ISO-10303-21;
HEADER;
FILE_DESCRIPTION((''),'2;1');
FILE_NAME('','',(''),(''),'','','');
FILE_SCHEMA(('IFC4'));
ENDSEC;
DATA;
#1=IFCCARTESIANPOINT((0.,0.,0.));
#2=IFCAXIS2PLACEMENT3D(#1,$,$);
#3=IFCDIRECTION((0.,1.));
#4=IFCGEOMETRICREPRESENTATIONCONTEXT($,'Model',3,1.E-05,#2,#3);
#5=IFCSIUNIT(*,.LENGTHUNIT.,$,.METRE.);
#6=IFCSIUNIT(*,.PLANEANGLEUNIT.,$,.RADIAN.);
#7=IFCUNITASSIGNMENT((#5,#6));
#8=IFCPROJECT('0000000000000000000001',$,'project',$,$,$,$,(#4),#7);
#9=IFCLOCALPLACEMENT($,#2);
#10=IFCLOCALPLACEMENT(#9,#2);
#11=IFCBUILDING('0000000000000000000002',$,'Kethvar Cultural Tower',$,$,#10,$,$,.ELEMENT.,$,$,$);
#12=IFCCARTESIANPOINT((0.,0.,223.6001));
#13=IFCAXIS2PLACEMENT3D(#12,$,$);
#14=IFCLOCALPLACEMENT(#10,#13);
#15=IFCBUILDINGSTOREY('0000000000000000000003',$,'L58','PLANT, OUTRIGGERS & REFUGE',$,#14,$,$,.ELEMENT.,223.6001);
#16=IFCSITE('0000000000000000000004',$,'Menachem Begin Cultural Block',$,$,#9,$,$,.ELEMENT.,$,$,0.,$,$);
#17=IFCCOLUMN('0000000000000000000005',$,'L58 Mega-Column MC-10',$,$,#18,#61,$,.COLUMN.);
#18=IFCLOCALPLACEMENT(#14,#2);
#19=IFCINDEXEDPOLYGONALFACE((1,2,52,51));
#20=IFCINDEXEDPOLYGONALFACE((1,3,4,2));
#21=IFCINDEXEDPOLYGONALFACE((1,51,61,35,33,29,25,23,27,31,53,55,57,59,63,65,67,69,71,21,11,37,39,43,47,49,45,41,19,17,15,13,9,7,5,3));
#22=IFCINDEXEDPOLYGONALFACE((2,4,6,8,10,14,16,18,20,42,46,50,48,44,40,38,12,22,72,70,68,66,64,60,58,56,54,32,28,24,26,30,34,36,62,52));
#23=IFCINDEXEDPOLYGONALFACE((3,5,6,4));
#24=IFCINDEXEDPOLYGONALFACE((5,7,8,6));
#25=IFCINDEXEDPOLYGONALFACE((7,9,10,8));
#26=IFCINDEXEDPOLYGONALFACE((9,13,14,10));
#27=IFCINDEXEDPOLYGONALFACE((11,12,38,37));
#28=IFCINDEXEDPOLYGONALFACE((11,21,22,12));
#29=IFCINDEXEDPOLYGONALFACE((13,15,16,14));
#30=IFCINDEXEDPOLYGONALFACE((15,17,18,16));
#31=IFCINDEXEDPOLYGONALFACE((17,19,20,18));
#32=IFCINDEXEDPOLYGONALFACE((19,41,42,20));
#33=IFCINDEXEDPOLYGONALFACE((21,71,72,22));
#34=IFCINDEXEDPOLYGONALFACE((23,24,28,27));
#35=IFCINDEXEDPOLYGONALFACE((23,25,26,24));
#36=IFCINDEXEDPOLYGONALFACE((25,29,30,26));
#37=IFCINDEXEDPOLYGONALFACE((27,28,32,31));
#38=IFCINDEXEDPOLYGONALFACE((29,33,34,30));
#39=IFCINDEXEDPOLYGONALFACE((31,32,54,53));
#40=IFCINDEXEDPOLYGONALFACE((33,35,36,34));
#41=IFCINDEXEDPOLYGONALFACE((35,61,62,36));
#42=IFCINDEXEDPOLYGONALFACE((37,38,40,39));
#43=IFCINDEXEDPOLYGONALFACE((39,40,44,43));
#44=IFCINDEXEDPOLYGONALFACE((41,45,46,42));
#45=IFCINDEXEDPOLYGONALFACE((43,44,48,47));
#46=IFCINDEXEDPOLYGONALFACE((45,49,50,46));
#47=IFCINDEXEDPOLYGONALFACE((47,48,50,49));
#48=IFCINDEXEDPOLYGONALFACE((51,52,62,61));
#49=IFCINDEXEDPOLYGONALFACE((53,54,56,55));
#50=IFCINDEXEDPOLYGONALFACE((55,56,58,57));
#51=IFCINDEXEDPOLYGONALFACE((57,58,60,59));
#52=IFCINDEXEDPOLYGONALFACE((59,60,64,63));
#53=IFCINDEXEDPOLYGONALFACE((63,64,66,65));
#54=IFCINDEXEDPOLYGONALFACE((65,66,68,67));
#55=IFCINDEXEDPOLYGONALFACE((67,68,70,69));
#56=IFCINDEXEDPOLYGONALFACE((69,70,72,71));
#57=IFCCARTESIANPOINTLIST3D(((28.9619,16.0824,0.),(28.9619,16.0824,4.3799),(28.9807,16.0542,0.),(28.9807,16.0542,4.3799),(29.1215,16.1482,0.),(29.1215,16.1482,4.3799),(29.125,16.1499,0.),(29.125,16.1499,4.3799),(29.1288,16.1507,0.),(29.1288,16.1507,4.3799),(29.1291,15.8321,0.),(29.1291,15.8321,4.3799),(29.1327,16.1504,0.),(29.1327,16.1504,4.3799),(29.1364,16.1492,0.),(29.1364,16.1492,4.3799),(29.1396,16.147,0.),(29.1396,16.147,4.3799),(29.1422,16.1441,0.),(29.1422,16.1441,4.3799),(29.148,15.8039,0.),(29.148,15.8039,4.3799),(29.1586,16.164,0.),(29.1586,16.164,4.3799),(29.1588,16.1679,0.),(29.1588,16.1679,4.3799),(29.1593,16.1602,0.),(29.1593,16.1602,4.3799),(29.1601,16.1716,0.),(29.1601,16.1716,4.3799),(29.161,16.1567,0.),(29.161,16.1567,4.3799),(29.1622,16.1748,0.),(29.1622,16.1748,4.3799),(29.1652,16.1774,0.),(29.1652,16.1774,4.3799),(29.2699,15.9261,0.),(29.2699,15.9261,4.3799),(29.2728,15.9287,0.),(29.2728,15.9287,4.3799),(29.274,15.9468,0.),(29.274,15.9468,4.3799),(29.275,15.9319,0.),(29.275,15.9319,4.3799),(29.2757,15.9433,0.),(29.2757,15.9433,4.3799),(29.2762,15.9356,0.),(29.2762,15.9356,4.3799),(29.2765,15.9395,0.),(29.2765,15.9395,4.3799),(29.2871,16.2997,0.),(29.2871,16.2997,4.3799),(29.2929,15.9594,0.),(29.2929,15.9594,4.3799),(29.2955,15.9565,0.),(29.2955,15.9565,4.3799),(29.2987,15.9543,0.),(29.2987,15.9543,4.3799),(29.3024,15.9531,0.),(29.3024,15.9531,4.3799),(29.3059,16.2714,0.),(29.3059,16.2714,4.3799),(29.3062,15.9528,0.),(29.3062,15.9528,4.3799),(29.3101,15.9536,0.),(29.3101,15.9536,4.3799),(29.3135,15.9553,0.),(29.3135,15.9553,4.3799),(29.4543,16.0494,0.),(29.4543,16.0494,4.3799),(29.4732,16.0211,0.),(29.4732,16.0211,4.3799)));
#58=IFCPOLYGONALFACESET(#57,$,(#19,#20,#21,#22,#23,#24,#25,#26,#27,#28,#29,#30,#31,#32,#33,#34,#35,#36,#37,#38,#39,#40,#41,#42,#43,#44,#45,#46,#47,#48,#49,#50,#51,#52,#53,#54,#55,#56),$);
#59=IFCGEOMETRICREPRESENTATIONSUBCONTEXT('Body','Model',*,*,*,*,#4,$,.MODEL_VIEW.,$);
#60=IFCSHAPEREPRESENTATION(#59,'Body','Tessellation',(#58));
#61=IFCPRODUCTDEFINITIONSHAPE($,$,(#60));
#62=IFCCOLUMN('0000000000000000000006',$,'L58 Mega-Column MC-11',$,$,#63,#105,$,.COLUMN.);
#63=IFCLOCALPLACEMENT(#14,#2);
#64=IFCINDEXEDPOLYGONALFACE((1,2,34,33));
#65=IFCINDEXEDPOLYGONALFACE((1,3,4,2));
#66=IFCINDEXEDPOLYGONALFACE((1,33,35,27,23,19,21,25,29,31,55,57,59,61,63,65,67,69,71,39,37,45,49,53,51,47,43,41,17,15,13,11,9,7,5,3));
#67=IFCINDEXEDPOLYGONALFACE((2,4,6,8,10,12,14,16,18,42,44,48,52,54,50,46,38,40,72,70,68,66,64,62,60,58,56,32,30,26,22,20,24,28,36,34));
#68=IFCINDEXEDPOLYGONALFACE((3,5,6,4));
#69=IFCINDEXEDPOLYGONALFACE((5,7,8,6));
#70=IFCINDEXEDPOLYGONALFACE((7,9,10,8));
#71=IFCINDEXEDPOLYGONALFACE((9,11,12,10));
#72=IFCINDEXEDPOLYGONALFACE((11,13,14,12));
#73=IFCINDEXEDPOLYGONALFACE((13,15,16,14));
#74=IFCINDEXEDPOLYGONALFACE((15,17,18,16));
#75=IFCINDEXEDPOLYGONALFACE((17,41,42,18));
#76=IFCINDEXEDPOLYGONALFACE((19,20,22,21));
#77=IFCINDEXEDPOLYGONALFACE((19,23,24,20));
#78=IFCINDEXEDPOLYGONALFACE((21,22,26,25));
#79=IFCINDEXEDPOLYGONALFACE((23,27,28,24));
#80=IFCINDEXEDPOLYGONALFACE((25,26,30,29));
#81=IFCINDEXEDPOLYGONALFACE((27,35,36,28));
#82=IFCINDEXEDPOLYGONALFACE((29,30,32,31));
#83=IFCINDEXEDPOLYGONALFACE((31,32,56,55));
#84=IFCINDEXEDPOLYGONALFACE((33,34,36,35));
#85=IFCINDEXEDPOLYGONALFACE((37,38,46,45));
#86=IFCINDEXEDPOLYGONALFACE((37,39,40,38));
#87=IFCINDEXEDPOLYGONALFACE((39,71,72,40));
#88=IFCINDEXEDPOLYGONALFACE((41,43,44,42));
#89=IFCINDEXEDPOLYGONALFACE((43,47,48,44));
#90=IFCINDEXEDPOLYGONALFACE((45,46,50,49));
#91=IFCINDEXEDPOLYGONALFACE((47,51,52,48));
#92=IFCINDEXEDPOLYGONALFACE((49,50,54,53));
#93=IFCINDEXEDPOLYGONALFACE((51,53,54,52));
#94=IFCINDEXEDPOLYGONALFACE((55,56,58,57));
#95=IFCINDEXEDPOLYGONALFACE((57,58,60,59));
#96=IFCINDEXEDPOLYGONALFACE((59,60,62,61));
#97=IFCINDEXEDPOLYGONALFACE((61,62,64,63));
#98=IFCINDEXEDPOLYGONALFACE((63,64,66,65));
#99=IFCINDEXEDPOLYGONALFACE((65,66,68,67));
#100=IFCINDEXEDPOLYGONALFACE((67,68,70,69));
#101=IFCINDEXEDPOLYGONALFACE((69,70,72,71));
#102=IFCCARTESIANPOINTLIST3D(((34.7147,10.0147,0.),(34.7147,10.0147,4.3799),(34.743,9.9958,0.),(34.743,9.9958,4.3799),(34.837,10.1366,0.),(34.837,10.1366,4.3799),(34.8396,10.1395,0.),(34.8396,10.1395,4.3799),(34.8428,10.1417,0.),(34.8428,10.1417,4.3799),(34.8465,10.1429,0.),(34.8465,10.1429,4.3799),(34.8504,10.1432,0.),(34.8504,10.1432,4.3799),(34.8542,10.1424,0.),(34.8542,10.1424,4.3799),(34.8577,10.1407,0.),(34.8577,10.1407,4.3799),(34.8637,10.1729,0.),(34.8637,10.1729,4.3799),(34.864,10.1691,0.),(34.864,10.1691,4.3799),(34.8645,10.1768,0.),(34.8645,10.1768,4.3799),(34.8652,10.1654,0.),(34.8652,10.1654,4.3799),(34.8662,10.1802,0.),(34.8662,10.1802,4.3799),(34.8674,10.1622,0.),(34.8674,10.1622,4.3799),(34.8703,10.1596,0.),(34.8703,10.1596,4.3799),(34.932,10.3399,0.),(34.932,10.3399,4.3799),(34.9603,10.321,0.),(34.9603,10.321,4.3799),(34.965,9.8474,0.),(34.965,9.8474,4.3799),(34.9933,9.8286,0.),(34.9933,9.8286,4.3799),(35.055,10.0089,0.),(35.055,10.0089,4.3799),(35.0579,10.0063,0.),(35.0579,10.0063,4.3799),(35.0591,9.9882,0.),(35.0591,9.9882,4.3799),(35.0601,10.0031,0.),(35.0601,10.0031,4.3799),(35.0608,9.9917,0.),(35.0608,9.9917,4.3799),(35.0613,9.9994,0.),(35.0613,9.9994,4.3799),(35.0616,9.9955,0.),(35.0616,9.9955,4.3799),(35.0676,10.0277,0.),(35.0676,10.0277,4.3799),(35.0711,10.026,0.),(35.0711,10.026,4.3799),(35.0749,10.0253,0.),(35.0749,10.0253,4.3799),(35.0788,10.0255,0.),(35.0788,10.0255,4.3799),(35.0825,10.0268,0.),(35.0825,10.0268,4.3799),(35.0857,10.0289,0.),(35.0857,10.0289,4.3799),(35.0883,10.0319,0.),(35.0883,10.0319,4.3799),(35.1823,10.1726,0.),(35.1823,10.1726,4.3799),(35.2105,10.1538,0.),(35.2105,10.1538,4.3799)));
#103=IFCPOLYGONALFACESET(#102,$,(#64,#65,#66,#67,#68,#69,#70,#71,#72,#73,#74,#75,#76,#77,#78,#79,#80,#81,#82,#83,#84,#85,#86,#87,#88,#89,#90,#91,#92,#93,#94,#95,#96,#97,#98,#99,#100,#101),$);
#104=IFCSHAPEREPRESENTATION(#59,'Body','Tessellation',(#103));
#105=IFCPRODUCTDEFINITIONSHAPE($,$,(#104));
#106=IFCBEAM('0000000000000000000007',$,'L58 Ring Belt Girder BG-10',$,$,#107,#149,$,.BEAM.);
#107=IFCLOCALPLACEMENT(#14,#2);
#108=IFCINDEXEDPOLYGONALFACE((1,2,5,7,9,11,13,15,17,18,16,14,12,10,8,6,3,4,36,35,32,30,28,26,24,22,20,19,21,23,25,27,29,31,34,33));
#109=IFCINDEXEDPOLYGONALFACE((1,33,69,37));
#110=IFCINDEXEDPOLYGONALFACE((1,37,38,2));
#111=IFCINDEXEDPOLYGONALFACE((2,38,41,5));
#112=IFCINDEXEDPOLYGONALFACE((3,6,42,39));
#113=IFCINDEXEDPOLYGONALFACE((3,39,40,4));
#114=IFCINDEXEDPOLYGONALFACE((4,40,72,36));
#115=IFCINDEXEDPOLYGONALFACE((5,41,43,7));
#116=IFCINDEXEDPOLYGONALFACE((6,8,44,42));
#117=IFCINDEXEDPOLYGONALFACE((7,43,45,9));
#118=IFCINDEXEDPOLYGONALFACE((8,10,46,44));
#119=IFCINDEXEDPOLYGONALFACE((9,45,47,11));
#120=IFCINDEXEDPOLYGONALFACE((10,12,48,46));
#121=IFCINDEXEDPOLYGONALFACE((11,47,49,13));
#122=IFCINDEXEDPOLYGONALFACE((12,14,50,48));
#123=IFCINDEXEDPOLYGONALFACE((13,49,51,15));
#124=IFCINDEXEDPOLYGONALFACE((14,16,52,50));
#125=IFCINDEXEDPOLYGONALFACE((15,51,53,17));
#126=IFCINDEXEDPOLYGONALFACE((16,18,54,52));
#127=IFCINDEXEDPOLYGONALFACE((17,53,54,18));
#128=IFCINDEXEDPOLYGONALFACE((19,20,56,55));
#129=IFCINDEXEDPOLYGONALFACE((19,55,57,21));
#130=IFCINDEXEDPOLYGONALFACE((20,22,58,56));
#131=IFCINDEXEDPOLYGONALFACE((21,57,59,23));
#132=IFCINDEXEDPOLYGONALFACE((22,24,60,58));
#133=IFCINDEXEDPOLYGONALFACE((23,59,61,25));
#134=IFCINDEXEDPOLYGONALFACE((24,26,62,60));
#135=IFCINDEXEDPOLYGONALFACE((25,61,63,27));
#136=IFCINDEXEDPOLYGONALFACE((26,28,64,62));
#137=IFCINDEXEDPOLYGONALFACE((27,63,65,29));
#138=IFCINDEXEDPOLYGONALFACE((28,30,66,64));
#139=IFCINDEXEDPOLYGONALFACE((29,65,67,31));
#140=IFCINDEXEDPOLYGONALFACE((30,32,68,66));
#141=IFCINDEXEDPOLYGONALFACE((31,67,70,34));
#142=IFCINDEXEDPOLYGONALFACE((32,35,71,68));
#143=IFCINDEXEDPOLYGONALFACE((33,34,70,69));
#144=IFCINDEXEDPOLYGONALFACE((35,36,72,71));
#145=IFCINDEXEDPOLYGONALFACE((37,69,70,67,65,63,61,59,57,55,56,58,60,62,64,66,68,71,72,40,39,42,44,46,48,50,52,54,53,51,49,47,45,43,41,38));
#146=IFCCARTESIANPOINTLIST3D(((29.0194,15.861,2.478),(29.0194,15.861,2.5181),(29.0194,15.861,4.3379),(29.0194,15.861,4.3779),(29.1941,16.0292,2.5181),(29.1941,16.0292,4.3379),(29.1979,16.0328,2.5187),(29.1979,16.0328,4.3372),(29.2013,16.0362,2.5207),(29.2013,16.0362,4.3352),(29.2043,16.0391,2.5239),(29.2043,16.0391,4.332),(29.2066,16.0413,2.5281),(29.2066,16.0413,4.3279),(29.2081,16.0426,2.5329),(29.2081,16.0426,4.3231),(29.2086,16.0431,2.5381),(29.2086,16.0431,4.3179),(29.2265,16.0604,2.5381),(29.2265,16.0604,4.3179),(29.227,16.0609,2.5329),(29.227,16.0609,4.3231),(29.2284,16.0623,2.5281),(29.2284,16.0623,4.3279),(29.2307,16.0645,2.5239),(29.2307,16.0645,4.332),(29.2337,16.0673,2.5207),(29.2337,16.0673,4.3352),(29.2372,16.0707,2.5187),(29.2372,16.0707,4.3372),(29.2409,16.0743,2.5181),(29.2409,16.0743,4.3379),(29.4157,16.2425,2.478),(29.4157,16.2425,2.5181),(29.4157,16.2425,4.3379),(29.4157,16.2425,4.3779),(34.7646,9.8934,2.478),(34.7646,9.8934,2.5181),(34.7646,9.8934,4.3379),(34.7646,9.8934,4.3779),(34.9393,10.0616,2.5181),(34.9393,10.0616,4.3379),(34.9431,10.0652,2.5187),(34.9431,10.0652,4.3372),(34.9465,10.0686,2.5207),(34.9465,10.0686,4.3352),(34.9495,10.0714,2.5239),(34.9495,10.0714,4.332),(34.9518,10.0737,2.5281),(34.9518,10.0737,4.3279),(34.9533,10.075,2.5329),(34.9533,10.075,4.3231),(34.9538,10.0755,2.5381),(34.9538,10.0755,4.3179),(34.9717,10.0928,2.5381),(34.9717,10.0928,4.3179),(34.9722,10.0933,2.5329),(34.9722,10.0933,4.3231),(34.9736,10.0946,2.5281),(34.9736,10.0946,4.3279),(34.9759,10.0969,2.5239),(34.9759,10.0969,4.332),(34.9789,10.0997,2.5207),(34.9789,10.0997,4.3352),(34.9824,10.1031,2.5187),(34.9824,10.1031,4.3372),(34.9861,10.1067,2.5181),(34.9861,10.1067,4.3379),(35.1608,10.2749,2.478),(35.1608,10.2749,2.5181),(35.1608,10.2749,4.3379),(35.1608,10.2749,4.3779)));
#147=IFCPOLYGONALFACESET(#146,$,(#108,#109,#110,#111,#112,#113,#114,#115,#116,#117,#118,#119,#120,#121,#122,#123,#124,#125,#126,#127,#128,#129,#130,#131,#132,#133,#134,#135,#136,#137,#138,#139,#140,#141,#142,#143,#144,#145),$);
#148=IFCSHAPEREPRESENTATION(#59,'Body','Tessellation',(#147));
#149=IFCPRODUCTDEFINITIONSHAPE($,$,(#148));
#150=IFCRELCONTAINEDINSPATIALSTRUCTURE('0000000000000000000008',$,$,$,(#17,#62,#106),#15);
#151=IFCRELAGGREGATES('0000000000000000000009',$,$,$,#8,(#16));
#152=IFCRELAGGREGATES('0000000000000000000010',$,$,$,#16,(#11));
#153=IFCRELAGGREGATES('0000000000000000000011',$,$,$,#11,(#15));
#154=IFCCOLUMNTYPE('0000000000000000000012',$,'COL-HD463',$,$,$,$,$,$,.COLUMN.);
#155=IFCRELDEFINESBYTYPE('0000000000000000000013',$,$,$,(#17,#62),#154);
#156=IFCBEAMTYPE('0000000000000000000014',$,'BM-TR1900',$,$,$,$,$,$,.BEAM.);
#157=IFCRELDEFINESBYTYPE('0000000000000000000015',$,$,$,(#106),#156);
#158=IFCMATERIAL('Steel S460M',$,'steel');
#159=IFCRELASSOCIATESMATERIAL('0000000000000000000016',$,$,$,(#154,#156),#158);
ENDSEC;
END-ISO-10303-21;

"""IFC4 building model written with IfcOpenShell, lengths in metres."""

from ifc_helpers import new_model, si_unit, direction, frame, origin, origin_2d, place, context, subcontext, project, spatial, i_section, extrude, source, transform, mapped, material, material_profile, profile_set, type_object, element, save


model = new_model("IFC4")

# Units and contexts
model_context = context("Model", 3, precision=1e-05, world=origin(), true_north=direction((0.0, 1.0)))
body_context = subcontext(model_context, "Body", "Model", "MODEL_VIEW")
ifc_project = project(units=[si_unit("LENGTHUNIT", "METRE"), si_unit("PLANEANGLEUNIT", "RADIAN")], contexts=[model_context])

# Site, building, storey
site_placement = place(None, origin())
site = spatial("IfcSite", under=ifc_project, at=site_placement, Name="Menachem Begin Cultural Block", CompositionType="ELEMENT", RefElevation=0.0)
building_placement = place(site_placement, origin())
building = spatial("IfcBuilding", under=site, at=building_placement, Name="Kethvar Cultural Tower", CompositionType="ELEMENT")
storey_placement = place(building_placement, frame((0.0, 0.0, 223.6001)))
storey = spatial("IfcBuildingStorey", under=building, at=storey_placement, Name="L58", Description="PLANT, OUTRIGGERS & REFUGE", CompositionType="ELEMENT", Elevation=223.6001)

# Columns
ifc_material_1 = material(Name="Steel S460M", Category="steel")
ifc_material_profile_1 = material_profile(ifc_material_1, i_section(OverallWidth=0.3911, OverallDepth=0.335, WebThickness=0.0227, FlangeThickness=0.0339, FilletRadius=0.0149, at=origin_2d()), Name="Steel S460M — HD400x463")
ifc_profile_set_1 = profile_set([ifc_material_profile_1], Name="Steel S460M — HD400x463")
column_type = type_object("IfcColumnType", Name="COL-HD463", PredefinedType="COLUMN", material=ifc_profile_set_1)
shared_shape_1 = source(origin(), body_context, "Body", "SweptSolid", [
    extrude(i_section(OverallWidth=0.3911, OverallDepth=0.335, WebThickness=0.0227, FlangeThickness=0.0339, FilletRadius=0.0149, at=origin_2d()), origin(), (0.0, 0.0, 1.0), 4.3799),
])
for number, where, z_axis, x_axis, name in (
    (1, (29.2175, 16.0518, 0.0), (0.0, 0.0, 1.0), (-0.83147, -0.55557, 0.0), "L58 Mega-Column MC-10"),
    (2, (34.9626, 10.0842, 0.0), (0.0, 0.0, 1.0), (-0.55557, -0.83147, 0.0), "L58 Mega-Column MC-11"),
):
    element("IfcColumn", number, at=place(storey_placement, frame(where, z_axis=z_axis, x_axis=x_axis)), inside=storey, type_object=column_type, Name=name, PredefinedType="COLUMN", context=body_context, shape_type="MappedRepresentation", body=[
        mapped(shared_shape_1, transform((0.0, 0.0, 0.0), scale=1.0)),
    ])

# Beam
ifc_material_profile_2 = material_profile(ifc_material_1, i_section(OverallWidth=0.55, OverallDepth=1.8999, WebThickness=0.0249, FlangeThickness=0.04, FilletRadius=0.02, at=origin_2d()), Name="Steel S460M — PG1900x550x40x25")
ifc_profile_set_2 = profile_set([ifc_material_profile_2], Name="Steel S460M — PG1900x550x40x25")
beam_type = type_object("IfcBeamType", Name="BM-TR1900", PredefinedType="BEAM", material=ifc_profile_set_2)
shared_shape_2 = source(origin(), body_context, "Body", "SweptSolid", [
    extrude(i_section(OverallWidth=0.55, OverallDepth=1.8999, WebThickness=0.0249, FlangeThickness=0.04, FilletRadius=0.02, at=origin_2d()), origin(), (0.0, 0.0, 1.0), 8.2837),
])
beam_1_placement = place(storey_placement, frame((29.2175, 16.0518, 3.428), z_axis=(0.693554, -0.720404, 0.0), x_axis=(0.720404, 0.693554, 0.0)))
element("IfcBeam", 3, at=beam_1_placement, inside=storey, type_object=beam_type, Name="L58 Ring Belt Girder BG-10", PredefinedType="BEAM", context=body_context, shape_type="MappedRepresentation", body=[
    mapped(shared_shape_2, transform((0.0, 0.0, 0.0), scale=1.0)),
])

save(model, "model.ifc")
